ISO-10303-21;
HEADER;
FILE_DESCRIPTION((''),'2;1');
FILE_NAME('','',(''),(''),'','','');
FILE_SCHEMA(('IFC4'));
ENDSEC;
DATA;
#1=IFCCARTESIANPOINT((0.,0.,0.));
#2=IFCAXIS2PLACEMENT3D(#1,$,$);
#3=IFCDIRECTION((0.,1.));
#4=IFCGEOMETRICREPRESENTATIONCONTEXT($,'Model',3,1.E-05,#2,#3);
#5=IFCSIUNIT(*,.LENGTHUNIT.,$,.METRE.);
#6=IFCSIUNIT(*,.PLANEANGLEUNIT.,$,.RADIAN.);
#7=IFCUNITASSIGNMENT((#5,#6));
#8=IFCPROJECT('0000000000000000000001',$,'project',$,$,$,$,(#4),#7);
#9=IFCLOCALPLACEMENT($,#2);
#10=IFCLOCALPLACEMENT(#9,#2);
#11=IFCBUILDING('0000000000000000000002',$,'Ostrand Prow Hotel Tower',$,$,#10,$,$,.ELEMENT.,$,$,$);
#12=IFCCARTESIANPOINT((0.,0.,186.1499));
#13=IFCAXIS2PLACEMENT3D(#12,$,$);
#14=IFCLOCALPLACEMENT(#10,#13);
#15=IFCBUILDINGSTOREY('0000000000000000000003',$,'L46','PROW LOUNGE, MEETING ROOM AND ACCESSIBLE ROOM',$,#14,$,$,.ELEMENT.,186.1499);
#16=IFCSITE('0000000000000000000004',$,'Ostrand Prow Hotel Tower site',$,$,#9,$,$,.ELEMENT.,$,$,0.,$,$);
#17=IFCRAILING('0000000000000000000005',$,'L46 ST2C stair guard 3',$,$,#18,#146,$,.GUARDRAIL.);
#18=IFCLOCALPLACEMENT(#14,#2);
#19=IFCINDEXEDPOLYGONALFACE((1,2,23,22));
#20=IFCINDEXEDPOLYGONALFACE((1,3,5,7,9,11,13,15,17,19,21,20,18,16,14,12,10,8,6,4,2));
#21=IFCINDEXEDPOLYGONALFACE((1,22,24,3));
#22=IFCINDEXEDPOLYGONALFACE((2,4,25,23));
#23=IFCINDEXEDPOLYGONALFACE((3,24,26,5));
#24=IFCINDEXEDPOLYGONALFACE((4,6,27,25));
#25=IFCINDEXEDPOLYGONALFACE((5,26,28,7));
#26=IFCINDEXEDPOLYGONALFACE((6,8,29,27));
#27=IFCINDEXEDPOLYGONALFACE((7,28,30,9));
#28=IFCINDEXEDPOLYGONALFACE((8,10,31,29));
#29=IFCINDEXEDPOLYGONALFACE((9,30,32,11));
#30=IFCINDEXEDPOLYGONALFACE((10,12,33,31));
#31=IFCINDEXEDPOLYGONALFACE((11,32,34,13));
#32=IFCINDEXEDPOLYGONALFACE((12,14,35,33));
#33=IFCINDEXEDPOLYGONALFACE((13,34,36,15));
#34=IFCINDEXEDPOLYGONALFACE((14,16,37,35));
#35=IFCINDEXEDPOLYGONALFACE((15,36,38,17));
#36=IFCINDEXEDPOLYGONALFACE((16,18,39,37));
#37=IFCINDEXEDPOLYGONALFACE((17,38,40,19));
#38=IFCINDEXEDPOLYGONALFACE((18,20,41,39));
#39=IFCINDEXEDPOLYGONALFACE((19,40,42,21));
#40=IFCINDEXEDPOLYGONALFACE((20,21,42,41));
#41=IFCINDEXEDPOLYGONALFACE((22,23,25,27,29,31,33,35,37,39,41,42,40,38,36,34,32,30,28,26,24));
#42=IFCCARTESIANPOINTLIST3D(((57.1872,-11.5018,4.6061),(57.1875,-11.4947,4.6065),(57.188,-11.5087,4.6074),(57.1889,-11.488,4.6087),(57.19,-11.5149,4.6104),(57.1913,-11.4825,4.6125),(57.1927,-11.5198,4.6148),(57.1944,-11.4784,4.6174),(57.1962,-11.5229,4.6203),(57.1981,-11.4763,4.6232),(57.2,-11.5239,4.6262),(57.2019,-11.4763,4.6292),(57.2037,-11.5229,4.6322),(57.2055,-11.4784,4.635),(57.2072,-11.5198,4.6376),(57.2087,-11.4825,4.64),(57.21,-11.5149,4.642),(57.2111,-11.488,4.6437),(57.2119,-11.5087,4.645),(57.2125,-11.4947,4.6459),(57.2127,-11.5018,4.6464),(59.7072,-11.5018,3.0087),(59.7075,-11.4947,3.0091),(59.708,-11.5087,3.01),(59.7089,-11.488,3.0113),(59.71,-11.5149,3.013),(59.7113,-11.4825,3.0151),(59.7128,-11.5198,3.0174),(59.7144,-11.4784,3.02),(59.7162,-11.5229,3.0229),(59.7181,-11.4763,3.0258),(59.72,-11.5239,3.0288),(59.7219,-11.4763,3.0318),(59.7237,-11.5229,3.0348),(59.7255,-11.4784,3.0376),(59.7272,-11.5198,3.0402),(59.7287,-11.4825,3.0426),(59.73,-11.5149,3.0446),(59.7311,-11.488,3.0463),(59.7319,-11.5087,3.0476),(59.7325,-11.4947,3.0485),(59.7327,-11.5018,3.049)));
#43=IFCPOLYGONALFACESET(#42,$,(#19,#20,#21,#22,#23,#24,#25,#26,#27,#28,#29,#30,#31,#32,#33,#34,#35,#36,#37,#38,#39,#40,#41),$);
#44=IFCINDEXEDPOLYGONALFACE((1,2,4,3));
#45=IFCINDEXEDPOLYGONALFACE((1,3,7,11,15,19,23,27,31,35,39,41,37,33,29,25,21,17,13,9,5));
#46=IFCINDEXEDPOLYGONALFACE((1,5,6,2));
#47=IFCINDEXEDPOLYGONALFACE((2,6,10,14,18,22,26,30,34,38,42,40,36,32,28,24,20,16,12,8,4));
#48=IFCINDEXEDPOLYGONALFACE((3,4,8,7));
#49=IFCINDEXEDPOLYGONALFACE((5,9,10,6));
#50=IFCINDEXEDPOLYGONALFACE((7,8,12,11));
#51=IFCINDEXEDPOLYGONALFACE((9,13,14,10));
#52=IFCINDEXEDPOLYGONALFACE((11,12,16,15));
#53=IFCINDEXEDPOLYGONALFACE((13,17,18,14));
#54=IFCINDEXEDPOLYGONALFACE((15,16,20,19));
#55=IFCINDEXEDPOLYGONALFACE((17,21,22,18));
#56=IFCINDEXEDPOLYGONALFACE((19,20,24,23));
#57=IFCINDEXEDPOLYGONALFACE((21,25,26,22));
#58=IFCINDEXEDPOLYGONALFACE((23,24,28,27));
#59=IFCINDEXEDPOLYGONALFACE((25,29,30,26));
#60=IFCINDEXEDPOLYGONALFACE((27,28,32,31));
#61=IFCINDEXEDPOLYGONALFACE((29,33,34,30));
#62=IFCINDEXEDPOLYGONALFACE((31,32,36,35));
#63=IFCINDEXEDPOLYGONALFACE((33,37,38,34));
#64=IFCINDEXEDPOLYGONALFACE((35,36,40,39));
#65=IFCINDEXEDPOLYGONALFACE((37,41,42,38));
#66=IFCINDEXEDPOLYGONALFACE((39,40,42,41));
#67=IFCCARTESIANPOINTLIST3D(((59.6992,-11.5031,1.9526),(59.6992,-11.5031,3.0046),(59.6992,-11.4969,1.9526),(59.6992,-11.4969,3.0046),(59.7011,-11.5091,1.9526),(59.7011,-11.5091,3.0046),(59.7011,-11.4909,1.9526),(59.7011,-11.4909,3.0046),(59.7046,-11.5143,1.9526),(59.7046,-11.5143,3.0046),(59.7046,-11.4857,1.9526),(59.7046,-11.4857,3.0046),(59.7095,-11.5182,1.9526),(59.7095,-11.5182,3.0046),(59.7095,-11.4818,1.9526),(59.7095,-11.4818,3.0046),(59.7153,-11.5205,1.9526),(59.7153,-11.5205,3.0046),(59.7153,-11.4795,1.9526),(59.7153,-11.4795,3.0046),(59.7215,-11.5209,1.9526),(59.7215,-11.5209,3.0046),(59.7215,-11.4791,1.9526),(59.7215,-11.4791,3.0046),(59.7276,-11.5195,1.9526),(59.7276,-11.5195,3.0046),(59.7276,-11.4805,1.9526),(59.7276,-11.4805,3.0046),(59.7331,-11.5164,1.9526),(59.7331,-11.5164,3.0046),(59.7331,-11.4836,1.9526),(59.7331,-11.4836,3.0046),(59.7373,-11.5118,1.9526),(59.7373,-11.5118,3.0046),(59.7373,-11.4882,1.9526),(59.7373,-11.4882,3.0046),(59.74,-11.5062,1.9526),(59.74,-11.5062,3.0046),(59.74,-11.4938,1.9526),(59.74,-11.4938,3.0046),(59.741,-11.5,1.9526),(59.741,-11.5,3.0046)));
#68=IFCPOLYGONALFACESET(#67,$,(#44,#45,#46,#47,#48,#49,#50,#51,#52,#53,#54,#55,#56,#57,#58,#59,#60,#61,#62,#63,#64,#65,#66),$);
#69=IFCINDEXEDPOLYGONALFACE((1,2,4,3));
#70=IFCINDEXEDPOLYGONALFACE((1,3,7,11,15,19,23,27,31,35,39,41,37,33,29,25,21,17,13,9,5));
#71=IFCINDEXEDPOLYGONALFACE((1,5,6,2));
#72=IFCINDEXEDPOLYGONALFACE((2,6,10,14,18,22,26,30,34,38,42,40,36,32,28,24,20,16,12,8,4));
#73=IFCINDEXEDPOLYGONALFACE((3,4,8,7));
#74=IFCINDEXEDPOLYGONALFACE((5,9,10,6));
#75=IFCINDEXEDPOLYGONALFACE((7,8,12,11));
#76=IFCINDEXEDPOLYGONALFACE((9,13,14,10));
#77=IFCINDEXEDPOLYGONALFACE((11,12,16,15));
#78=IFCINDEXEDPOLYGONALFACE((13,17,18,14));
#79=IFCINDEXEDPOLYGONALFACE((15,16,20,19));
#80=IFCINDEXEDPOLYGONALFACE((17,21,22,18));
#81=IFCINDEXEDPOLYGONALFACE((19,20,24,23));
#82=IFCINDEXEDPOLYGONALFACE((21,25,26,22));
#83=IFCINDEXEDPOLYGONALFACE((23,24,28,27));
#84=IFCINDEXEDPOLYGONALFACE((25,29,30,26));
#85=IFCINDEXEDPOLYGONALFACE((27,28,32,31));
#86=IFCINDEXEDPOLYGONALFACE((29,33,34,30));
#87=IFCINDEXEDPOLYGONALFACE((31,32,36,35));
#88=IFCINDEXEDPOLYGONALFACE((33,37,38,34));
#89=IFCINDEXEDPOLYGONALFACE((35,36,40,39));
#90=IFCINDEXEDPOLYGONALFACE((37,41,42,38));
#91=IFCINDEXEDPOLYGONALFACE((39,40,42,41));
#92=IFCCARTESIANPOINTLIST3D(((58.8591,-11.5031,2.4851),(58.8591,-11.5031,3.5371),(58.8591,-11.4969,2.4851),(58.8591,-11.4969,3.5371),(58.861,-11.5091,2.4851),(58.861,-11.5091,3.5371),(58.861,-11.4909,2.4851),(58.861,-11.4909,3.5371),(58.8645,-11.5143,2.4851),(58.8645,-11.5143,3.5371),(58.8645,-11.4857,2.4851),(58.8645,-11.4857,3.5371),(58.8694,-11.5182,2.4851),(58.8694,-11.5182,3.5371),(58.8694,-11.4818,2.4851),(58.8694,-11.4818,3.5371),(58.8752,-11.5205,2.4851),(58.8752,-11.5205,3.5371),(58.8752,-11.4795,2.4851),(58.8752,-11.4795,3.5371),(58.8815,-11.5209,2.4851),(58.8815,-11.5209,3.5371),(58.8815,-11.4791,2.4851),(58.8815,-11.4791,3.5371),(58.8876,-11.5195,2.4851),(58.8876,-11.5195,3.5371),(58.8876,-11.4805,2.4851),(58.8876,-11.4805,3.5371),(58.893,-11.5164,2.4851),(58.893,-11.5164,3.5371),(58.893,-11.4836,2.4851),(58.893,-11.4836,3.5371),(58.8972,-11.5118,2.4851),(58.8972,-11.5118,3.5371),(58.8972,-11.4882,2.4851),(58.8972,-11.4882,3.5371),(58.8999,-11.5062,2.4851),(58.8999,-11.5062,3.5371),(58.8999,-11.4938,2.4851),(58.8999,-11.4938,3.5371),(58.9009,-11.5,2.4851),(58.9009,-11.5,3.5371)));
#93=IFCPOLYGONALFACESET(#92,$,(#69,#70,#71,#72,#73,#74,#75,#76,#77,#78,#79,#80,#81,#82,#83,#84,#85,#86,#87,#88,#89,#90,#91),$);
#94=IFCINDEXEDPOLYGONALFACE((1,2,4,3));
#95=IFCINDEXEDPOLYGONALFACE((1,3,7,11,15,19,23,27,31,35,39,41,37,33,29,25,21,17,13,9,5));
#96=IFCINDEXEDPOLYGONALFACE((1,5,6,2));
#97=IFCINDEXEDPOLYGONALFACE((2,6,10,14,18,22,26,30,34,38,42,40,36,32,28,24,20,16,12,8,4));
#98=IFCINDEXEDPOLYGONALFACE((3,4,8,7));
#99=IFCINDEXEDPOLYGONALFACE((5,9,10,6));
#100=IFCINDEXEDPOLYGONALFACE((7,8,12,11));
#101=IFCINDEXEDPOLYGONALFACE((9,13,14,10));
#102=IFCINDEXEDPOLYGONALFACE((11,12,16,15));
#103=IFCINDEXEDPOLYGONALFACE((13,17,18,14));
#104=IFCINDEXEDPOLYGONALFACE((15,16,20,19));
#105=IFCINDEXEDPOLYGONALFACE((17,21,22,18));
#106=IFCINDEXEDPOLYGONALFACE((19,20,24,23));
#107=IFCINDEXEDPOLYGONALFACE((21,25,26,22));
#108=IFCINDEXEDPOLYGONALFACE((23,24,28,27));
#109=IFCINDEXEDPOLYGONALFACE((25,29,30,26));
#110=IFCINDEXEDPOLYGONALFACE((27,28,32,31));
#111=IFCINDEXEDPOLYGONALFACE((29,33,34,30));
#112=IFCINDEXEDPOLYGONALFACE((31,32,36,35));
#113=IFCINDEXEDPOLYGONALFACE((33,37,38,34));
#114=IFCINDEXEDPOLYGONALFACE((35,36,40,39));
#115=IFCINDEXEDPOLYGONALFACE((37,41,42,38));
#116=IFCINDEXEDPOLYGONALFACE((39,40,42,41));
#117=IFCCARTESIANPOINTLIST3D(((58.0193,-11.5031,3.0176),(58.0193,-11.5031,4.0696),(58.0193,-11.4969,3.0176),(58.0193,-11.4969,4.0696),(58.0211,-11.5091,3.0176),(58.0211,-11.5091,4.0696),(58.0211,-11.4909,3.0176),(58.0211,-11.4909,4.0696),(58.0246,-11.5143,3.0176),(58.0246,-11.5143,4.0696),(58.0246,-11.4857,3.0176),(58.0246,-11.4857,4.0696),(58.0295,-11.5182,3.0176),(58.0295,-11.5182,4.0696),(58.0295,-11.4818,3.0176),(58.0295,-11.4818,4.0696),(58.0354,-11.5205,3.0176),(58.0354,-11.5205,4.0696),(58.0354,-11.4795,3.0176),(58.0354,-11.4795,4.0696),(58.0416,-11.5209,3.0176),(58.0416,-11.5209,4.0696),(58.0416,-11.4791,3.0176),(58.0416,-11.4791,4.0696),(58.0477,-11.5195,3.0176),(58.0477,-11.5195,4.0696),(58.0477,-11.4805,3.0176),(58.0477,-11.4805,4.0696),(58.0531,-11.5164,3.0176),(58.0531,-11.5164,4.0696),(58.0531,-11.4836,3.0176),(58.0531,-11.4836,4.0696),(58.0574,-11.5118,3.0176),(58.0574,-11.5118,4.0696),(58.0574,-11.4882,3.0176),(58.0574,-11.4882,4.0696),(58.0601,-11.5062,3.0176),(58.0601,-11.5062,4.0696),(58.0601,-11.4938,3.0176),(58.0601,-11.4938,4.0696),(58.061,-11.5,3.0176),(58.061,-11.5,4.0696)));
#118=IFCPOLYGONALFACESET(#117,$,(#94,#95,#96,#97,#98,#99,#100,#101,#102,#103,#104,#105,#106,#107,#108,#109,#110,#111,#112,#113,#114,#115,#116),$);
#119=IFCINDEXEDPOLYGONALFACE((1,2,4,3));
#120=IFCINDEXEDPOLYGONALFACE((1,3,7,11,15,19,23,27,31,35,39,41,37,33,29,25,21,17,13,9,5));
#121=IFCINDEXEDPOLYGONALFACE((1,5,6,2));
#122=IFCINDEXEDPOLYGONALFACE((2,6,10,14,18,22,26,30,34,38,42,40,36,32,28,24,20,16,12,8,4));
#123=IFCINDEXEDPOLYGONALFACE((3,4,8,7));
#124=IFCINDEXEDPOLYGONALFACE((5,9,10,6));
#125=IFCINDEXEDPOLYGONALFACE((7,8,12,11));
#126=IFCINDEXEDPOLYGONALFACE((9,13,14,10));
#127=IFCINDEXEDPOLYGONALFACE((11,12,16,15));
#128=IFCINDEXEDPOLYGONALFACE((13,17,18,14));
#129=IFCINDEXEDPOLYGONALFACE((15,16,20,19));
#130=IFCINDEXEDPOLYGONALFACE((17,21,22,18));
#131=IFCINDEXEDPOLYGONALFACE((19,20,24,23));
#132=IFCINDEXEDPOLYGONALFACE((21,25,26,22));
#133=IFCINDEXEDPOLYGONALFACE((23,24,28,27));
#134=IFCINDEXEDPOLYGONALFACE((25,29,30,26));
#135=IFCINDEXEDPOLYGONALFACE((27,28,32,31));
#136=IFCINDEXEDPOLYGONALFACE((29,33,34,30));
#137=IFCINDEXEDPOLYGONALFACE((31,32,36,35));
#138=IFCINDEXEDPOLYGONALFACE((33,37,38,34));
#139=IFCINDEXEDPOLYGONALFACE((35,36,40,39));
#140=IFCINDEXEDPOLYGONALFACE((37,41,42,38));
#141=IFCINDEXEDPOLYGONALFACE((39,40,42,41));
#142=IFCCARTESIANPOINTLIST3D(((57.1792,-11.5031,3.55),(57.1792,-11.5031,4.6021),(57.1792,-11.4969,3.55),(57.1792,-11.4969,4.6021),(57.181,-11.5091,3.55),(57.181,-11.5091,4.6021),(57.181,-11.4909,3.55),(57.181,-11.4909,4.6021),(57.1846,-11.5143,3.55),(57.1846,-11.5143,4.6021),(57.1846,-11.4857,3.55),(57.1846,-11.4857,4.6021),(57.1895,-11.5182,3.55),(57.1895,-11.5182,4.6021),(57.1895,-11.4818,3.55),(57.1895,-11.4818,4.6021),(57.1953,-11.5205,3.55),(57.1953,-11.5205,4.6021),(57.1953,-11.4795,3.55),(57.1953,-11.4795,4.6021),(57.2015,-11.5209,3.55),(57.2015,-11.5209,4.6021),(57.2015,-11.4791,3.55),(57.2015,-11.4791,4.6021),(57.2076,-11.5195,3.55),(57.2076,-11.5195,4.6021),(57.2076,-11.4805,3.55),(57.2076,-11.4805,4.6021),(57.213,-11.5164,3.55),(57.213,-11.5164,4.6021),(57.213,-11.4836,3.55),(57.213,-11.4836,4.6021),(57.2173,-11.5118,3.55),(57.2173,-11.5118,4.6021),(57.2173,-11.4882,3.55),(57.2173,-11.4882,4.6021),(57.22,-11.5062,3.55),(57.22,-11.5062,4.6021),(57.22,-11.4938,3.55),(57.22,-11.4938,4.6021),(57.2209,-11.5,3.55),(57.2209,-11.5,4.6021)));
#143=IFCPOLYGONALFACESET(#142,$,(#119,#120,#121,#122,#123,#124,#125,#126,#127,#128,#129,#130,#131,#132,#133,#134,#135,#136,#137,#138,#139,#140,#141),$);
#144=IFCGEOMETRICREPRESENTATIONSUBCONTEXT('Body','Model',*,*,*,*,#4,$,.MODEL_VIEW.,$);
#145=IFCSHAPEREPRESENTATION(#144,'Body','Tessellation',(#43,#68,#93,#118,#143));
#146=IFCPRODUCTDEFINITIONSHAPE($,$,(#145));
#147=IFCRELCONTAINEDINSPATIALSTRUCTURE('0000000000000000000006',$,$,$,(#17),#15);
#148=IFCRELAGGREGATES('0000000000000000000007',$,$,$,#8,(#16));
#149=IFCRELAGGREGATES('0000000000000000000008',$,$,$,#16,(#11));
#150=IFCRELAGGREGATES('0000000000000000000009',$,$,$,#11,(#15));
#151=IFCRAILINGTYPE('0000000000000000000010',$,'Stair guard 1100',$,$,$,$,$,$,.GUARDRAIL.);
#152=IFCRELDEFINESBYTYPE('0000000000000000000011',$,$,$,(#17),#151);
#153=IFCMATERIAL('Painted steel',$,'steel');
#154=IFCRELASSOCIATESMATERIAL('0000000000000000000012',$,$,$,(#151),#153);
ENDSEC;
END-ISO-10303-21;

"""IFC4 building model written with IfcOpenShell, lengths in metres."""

from ifc_helpers import new_model, si_unit, direction, frame, origin, origin_2d, place, context, subcontext, project, spatial, circle, extrude, material, type_object, element, save


model = new_model("IFC4")

# Units and contexts
model_context = context("Model", 3, precision=1e-05, world=origin(), true_north=direction((0.0, 1.0)))
body_context = subcontext(model_context, "Body", "Model", "MODEL_VIEW")
ifc_project = project(units=[si_unit("LENGTHUNIT", "METRE"), si_unit("PLANEANGLEUNIT", "RADIAN")], contexts=[model_context])

# Site, building, storey
site_placement = place(None, origin())
site = spatial("IfcSite", under=ifc_project, at=site_placement, Name="Ostrand Prow Hotel Tower site", CompositionType="ELEMENT", RefElevation=0.0)
building_placement = place(site_placement, origin())
building = spatial("IfcBuilding", under=site, at=building_placement, Name="Ostrand Prow Hotel Tower", CompositionType="ELEMENT")
storey_placement = place(building_placement, frame((0.0, 0.0, 186.1499)))
storey = spatial("IfcBuildingStorey", under=building, at=storey_placement, Name="L46", Description="PROW LOUNGE, MEETING ROOM AND ACCESSIBLE ROOM", CompositionType="ELEMENT", Elevation=186.1499)

# Railing
ifc_material_1 = material(Name="Painted steel", Category="steel")
railing_type_1 = type_object("IfcRailingType", Name="Stair guard 1100", PredefinedType="GUARDRAIL", material=ifc_material_1)
railing_1_placement = place(storey_placement, frame((59.72, -11.5, 1.9526)))
element("IfcRailing", 1, at=railing_1_placement, inside=storey, type_object=railing_type_1, Name="L46 ST2C stair guard 3", PredefinedType="GUARDRAIL", context=body_context, shape_type="SweptSolid", body=[
    extrude(circle(Radius=0.0239, at=origin_2d()), frame((0.0, 0.0, 1.0762), z_axis=(-0.844607, 0.0, 0.535387), x_axis=(0.0, -1.0, 0.0)), (0.0, 0.0, 1.0), 2.9836),
    extrude(circle(Radius=0.021, at=origin_2d()), origin(), (0.0, 0.0, 1.0), 1.052),
    extrude(circle(Radius=0.021, at=origin_2d()), frame((-0.8401, 0.0, 0.5325)), (0.0, 0.0, 1.0), 1.052),
    extrude(circle(Radius=0.021, at=origin_2d()), frame((-1.6799, 0.0, 1.0649)), (0.0, 0.0, 1.0), 1.052),
    extrude(circle(Radius=0.021, at=origin_2d()), frame((-2.52, 0.0, 1.5974)), (0.0, 0.0, 1.0), 1.052),
])

save(model, "model.ifc")
